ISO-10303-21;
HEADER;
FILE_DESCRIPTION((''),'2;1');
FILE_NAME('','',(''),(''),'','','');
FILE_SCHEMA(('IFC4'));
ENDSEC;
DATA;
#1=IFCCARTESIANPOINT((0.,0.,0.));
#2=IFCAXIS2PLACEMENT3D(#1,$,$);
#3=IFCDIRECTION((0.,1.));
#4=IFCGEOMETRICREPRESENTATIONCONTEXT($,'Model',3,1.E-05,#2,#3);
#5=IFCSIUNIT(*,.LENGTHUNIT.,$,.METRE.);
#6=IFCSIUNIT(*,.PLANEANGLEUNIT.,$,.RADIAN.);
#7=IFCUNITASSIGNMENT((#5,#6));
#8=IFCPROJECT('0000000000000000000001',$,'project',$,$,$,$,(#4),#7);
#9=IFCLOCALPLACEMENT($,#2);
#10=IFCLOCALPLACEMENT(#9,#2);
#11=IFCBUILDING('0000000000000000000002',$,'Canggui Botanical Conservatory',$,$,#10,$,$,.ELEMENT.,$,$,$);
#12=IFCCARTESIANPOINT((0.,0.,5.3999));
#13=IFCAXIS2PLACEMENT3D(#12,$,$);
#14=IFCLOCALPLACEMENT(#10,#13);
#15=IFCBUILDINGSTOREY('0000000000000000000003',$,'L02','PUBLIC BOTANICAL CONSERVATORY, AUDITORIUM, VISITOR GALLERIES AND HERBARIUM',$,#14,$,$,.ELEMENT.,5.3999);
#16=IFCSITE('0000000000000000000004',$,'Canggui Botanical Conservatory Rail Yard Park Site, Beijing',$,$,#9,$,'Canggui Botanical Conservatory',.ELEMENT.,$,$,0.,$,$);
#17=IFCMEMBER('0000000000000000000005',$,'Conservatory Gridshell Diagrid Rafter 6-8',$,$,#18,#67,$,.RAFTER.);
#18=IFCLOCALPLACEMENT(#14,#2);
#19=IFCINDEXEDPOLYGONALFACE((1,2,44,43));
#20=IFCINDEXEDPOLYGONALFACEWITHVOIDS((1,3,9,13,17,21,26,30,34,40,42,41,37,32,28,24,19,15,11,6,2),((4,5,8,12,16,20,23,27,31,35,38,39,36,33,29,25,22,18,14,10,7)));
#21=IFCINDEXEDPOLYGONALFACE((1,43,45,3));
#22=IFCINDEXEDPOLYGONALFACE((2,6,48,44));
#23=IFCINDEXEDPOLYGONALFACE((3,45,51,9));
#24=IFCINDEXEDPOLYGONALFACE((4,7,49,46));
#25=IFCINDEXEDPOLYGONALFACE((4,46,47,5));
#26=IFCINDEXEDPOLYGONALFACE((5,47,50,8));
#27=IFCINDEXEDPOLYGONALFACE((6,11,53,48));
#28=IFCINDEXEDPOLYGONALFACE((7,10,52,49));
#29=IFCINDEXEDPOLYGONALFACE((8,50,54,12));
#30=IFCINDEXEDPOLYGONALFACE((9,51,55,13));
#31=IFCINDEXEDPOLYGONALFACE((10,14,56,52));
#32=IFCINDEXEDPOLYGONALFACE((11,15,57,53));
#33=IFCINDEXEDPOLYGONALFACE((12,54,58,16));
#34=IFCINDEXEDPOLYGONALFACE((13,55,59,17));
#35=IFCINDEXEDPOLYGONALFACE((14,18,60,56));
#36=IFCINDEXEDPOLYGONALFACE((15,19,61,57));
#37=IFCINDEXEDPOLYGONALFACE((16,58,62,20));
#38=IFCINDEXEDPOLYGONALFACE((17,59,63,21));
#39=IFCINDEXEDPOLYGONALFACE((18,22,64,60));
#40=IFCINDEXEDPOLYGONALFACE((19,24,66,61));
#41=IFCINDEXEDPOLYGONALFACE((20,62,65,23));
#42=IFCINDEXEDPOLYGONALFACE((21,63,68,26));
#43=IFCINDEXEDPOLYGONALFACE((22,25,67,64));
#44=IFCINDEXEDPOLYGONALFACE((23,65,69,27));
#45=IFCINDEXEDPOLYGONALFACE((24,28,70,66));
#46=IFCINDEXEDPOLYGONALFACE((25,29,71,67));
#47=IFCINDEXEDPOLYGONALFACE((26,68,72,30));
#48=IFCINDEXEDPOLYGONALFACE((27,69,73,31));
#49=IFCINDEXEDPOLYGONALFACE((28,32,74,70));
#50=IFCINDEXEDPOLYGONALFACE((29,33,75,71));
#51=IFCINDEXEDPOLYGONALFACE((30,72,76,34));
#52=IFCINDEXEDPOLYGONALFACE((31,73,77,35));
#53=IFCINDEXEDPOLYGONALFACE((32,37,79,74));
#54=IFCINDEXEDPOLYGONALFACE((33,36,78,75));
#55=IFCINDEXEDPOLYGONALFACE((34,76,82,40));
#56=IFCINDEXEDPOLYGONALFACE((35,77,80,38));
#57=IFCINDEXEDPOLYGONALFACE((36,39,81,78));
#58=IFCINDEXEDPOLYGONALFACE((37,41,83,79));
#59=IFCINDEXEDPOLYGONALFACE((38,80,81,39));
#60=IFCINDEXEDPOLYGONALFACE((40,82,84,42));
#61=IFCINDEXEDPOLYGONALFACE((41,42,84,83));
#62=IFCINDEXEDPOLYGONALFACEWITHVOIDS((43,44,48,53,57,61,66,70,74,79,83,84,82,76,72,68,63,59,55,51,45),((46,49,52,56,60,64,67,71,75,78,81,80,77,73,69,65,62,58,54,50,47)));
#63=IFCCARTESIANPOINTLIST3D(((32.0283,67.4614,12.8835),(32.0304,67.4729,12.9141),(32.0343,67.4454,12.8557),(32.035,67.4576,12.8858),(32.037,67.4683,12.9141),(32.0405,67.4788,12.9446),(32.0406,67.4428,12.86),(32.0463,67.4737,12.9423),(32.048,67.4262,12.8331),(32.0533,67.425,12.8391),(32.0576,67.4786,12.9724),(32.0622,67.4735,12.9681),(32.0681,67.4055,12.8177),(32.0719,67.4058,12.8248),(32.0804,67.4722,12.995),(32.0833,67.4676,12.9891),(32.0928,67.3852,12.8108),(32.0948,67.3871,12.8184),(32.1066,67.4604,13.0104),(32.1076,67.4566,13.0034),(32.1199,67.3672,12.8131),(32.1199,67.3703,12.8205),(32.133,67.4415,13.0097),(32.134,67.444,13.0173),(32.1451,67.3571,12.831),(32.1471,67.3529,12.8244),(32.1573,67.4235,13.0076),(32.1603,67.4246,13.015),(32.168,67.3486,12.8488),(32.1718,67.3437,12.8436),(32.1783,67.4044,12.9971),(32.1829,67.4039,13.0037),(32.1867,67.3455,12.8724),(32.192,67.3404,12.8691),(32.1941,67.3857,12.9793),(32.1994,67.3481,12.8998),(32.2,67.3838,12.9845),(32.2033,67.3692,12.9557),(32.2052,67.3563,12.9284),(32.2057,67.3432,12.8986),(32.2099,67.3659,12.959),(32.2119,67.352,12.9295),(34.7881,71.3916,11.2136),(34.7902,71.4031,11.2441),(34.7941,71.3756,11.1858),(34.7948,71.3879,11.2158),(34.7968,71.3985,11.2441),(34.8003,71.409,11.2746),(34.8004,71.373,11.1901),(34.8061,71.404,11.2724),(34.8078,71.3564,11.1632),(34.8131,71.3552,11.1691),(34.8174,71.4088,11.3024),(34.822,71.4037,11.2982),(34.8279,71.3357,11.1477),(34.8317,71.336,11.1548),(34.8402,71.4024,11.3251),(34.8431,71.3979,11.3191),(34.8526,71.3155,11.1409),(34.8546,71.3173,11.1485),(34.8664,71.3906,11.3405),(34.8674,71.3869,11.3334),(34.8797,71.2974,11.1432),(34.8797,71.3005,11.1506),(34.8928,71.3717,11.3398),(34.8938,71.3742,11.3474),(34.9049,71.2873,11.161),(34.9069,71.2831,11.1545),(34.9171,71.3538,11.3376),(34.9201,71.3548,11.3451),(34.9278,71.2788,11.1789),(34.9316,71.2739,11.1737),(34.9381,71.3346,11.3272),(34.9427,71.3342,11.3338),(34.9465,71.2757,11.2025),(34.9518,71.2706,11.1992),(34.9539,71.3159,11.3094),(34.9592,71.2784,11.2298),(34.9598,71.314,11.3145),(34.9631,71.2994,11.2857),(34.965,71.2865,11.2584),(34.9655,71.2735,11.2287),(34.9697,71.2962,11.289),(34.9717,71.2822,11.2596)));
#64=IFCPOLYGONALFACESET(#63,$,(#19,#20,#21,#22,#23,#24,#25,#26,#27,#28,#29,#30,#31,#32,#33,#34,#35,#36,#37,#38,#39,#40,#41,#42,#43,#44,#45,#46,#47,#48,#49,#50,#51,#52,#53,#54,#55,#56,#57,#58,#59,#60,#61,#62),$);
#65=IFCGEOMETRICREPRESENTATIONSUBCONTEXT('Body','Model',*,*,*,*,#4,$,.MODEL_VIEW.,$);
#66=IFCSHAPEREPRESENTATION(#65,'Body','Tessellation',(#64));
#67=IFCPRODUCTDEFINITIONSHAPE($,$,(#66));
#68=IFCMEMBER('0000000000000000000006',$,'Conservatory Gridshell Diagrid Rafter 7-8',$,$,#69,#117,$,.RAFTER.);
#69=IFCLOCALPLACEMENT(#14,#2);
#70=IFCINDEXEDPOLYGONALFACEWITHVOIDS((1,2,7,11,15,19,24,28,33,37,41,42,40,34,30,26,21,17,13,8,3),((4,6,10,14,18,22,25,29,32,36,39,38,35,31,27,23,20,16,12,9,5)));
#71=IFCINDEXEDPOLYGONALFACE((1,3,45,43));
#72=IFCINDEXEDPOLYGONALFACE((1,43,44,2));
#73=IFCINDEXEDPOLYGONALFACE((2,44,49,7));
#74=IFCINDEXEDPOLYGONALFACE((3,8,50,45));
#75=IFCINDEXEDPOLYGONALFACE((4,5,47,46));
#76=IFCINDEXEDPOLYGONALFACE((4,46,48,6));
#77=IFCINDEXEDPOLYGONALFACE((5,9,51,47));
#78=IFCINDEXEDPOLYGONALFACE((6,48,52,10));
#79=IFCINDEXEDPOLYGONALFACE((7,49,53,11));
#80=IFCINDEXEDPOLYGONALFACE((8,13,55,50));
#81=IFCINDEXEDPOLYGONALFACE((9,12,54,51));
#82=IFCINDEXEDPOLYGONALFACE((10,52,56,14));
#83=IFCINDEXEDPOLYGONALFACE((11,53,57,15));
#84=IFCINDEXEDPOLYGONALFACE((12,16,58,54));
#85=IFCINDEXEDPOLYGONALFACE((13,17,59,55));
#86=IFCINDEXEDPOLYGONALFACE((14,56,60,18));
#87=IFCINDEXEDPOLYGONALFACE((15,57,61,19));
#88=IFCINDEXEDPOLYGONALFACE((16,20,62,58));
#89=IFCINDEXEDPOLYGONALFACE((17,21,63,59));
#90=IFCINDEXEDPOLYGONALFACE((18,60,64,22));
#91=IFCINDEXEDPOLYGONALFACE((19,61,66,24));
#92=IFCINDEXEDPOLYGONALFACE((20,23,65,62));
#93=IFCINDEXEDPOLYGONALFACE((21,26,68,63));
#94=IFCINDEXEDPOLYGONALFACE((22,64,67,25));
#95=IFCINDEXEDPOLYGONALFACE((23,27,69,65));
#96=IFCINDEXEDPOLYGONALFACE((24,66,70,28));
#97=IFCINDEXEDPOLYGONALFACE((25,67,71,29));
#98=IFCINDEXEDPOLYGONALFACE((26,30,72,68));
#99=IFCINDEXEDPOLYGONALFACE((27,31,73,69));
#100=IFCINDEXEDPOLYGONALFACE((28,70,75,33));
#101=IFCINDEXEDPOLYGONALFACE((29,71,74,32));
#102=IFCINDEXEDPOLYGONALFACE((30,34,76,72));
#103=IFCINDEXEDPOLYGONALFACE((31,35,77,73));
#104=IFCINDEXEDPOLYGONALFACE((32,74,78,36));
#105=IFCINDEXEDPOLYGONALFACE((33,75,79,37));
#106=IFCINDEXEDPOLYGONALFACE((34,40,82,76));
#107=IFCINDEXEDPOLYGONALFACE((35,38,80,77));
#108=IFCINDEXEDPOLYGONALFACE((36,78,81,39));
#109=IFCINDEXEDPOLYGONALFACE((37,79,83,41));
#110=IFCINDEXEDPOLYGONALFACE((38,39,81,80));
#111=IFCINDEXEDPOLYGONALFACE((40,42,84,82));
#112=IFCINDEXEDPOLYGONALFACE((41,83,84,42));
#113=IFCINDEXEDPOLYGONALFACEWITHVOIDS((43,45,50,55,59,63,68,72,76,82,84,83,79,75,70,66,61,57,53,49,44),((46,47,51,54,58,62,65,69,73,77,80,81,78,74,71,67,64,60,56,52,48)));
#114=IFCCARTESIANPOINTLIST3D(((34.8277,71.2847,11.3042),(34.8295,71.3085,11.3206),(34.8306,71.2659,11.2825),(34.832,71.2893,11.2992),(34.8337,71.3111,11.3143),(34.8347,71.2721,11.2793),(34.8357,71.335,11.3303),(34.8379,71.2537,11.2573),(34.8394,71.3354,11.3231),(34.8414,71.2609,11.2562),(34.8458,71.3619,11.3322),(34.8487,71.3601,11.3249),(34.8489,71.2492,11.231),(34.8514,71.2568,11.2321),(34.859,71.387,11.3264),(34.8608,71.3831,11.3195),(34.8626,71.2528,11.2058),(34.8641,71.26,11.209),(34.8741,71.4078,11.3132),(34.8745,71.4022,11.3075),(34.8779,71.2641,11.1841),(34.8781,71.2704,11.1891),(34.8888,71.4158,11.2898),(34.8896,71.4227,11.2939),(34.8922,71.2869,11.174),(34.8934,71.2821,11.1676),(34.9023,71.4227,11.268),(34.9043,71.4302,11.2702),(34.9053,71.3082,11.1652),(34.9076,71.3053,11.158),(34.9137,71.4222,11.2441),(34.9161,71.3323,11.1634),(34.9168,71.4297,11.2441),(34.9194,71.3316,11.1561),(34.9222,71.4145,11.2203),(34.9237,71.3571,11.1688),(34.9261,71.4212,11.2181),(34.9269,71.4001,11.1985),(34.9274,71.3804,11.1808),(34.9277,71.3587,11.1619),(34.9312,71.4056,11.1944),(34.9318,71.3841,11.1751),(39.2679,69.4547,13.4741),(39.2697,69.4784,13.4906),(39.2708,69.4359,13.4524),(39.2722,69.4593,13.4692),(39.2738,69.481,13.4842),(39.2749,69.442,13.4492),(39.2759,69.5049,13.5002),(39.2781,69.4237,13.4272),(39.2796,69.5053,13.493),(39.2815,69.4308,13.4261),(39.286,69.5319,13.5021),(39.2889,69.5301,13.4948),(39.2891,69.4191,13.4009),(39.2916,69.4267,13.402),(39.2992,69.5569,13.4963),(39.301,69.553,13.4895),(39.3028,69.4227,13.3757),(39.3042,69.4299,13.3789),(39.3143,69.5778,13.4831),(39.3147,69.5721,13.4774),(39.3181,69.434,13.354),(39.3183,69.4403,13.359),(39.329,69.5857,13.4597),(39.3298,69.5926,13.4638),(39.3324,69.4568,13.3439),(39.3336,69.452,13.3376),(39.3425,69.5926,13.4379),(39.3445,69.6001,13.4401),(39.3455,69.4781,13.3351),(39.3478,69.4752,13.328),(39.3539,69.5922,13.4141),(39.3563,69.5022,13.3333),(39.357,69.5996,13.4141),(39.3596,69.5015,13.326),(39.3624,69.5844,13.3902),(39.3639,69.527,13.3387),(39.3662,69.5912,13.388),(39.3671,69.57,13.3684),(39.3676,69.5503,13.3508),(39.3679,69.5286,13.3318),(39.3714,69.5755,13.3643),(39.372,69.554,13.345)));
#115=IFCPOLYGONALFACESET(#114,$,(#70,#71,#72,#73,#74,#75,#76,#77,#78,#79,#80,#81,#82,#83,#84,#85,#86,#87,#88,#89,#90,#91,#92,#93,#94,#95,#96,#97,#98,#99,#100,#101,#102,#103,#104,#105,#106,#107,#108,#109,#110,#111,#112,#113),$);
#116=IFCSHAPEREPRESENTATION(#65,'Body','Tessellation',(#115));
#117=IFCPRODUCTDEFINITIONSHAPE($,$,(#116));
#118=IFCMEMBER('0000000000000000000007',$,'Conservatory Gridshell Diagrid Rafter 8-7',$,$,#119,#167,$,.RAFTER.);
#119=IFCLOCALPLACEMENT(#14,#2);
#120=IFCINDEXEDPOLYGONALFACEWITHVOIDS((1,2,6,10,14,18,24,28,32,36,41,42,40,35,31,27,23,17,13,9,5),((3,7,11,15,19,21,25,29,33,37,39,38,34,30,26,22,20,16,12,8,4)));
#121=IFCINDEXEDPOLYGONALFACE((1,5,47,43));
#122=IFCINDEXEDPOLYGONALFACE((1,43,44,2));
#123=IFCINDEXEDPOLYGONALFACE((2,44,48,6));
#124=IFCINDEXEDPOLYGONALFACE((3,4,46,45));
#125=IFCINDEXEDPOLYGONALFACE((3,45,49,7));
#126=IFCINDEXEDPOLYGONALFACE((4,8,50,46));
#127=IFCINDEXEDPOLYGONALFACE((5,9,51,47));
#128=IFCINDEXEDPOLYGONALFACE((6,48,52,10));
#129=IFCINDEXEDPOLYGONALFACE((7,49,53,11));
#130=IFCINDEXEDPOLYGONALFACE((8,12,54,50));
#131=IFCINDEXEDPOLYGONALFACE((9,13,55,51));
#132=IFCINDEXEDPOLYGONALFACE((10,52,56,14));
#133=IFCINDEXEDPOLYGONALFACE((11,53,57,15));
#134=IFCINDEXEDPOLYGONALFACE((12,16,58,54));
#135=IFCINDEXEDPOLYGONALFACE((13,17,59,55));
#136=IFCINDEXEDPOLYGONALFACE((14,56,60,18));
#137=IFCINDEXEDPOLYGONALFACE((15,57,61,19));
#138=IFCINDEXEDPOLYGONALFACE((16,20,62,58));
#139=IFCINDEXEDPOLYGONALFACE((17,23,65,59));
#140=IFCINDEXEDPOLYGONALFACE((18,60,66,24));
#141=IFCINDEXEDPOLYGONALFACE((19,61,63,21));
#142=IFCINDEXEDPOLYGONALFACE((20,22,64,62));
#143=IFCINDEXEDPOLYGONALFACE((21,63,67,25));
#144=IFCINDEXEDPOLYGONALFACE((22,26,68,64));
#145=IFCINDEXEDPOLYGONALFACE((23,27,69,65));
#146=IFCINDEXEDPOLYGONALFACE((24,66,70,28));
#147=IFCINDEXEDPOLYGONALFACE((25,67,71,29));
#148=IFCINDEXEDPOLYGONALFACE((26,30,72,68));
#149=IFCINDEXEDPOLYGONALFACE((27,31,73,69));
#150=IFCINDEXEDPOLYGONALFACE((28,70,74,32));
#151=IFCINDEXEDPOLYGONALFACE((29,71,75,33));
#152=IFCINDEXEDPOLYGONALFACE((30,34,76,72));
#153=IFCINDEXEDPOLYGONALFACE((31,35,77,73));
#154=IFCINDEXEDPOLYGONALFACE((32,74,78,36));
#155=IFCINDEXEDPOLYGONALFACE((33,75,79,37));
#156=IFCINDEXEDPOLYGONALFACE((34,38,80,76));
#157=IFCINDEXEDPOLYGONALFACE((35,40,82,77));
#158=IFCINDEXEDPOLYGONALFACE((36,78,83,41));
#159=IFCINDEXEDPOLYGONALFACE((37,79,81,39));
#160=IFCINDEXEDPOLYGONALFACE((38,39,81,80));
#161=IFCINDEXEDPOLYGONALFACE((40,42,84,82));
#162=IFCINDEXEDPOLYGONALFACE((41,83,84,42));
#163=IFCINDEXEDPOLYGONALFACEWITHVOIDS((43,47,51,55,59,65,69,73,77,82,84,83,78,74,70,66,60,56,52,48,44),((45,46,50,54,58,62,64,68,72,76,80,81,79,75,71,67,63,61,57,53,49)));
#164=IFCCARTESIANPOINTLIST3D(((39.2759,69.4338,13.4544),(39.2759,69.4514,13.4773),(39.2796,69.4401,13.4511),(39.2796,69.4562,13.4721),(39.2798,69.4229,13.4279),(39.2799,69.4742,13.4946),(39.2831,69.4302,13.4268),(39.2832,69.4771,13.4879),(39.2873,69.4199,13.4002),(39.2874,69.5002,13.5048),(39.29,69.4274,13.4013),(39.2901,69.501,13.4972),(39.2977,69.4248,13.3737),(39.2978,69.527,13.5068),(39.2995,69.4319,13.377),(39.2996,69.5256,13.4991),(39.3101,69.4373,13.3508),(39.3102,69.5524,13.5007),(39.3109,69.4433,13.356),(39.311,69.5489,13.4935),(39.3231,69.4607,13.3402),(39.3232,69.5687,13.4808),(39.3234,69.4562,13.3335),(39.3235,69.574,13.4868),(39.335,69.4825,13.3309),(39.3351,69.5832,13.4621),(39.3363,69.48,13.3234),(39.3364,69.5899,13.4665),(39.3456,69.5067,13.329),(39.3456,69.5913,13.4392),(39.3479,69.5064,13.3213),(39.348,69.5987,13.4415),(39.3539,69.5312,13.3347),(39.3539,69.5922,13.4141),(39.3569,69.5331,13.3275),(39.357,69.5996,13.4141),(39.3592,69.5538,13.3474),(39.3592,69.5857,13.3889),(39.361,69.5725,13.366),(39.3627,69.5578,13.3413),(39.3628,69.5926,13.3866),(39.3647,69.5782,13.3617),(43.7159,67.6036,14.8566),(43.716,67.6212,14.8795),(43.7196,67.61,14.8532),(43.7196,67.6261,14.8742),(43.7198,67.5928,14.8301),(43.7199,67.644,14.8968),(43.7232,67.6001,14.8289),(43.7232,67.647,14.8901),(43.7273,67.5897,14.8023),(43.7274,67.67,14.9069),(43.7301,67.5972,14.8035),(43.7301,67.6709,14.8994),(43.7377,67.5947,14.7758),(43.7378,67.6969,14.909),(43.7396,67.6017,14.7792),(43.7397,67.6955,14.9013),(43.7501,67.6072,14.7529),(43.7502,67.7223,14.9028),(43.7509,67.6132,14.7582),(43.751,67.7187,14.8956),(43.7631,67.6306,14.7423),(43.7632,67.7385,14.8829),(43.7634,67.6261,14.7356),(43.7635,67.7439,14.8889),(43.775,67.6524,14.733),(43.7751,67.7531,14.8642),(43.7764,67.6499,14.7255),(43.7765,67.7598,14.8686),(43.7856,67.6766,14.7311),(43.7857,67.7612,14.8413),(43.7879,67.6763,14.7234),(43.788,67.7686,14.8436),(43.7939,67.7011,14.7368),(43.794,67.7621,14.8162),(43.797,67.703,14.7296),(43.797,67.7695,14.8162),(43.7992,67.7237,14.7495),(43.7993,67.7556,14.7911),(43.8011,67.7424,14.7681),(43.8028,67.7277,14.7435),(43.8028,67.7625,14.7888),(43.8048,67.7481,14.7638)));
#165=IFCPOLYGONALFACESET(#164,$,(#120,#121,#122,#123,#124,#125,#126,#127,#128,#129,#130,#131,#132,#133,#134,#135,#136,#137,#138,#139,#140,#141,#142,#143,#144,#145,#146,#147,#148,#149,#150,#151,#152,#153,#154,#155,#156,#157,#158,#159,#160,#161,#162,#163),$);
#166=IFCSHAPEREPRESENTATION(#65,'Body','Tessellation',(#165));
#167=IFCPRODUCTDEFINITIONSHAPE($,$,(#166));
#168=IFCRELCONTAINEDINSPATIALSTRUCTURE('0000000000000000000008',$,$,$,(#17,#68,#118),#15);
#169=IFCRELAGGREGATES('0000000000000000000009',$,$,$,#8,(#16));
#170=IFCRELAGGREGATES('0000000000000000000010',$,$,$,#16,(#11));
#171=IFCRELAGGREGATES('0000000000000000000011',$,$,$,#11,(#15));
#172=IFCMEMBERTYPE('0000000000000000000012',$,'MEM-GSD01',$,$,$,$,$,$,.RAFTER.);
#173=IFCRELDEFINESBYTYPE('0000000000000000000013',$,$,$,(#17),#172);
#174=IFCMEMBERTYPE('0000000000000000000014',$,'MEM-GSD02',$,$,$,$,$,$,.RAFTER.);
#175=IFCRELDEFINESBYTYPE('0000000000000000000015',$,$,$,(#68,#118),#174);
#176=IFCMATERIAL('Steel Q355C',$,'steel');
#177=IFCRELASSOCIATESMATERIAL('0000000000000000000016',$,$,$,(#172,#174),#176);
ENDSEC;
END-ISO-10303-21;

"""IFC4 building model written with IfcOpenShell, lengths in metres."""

from ifc_helpers import new_model, si_unit, direction, frame, origin, origin_2d, place, context, subcontext, project, spatial, hollow_circle, extrude, material, material_profile, profile_set, type_object, element, save


model = new_model("IFC4")

# Units and contexts
model_context = context("Model", 3, precision=1e-05, world=origin(), true_north=direction((0.0, 1.0)))
body_context = subcontext(model_context, "Body", "Model", "MODEL_VIEW")
ifc_project = project(units=[si_unit("LENGTHUNIT", "METRE"), si_unit("PLANEANGLEUNIT", "RADIAN")], contexts=[model_context])

# Site, building, storey
site_placement = place(None, origin())
site = spatial("IfcSite", under=ifc_project, at=site_placement, Name="Canggui Botanical Conservatory Rail Yard Park Site, Beijing", LongName="Canggui Botanical Conservatory", CompositionType="ELEMENT", RefElevation=0.0)
building_placement = place(site_placement, origin())
building = spatial("IfcBuilding", under=site, at=building_placement, Name="Canggui Botanical Conservatory", CompositionType="ELEMENT")
storey_placement = place(building_placement, frame((0.0, 0.0, 5.3999)))
storey = spatial("IfcBuildingStorey", under=building, at=storey_placement, Name="L02", Description="PUBLIC BOTANICAL CONSERVATORY, AUDITORIUM, VISITOR GALLERIES AND HERBARIUM", CompositionType="ELEMENT", Elevation=5.3999)

# Shared definitions
ifc_material_1 = material(Name="Steel Q355C", Category="steel")

# Members
ifc_material_profile_1 = material_profile(ifc_material_1, hollow_circle(Radius=0.1096, WallThickness=0.0081, at=origin_2d()), Name="CHS 219x8")
ifc_profile_set_1 = profile_set([ifc_material_profile_1], Name="Steel Q355C")
member_type_1 = type_object("IfcMemberType", Name="MEM-GSD01", PredefinedType="RAFTER", material=ifc_profile_set_1)
member_1_placement = place(storey_placement, frame((32.1201, 67.4099, 12.9141), z_axis=(0.54279, 0.772986, -0.32844), x_axis=(-0.818386, 0.57467, 0.0)))
element("IfcMember", 1, at=member_1_placement, inside=storey, type_object=member_type_1, Name="Conservatory Gridshell Diagrid Rafter 6-8", PredefinedType="RAFTER", context=body_context, shape_type="SweptSolid", body=[
    extrude(hollow_circle(Radius=0.1096, WallThickness=0.0081, at=origin_2d()), origin(), (0.0, 0.0, 1.0), 5.0845),
])
ifc_material_profile_2 = material_profile(ifc_material_1, hollow_circle(Radius=0.0969, WallThickness=0.0081, at=origin_2d()), Name="CHS 194x8")
ifc_profile_set_2 = profile_set([ifc_material_profile_2], Name="Steel Q355C")
member_type_2 = type_object("IfcMemberType", Name="MEM-GSD02", PredefinedType="RAFTER", material=ifc_profile_set_2)
member_2_placement = place(storey_placement, frame((34.8799, 71.3401, 11.2441), z_axis=(0.842539, -0.347263, 0.411749), x_axis=(0.381064, 0.924549, 0.0)))
element("IfcMember", 2, at=member_2_placement, inside=storey, type_object=member_type_2, Name="Conservatory Gridshell Diagrid Rafter 7-8", PredefinedType="RAFTER", context=body_context, shape_type="SweptSolid", body=[
    extrude(hollow_circle(Radius=0.0969, WallThickness=0.0081, at=origin_2d()), origin(), (0.0, 0.0, 1.0), 5.27),
])
member_3_placement = place(storey_placement, frame((39.3201, 69.51, 13.4141), z_axis=(0.887489, -0.36581, 0.280262), x_axis=(0.381082, 0.924541, 0.0)))
element("IfcMember", 3, at=member_3_placement, inside=storey, type_object=member_type_2, Name="Conservatory Gridshell Diagrid Rafter 8-7", PredefinedType="RAFTER", context=body_context, shape_type="SweptSolid", body=[
    extrude(hollow_circle(Radius=0.0969, WallThickness=0.0081, at=origin_2d()), origin(), (0.0, 0.0, 1.0), 5.0029),
])

save(model, "model.ifc")
